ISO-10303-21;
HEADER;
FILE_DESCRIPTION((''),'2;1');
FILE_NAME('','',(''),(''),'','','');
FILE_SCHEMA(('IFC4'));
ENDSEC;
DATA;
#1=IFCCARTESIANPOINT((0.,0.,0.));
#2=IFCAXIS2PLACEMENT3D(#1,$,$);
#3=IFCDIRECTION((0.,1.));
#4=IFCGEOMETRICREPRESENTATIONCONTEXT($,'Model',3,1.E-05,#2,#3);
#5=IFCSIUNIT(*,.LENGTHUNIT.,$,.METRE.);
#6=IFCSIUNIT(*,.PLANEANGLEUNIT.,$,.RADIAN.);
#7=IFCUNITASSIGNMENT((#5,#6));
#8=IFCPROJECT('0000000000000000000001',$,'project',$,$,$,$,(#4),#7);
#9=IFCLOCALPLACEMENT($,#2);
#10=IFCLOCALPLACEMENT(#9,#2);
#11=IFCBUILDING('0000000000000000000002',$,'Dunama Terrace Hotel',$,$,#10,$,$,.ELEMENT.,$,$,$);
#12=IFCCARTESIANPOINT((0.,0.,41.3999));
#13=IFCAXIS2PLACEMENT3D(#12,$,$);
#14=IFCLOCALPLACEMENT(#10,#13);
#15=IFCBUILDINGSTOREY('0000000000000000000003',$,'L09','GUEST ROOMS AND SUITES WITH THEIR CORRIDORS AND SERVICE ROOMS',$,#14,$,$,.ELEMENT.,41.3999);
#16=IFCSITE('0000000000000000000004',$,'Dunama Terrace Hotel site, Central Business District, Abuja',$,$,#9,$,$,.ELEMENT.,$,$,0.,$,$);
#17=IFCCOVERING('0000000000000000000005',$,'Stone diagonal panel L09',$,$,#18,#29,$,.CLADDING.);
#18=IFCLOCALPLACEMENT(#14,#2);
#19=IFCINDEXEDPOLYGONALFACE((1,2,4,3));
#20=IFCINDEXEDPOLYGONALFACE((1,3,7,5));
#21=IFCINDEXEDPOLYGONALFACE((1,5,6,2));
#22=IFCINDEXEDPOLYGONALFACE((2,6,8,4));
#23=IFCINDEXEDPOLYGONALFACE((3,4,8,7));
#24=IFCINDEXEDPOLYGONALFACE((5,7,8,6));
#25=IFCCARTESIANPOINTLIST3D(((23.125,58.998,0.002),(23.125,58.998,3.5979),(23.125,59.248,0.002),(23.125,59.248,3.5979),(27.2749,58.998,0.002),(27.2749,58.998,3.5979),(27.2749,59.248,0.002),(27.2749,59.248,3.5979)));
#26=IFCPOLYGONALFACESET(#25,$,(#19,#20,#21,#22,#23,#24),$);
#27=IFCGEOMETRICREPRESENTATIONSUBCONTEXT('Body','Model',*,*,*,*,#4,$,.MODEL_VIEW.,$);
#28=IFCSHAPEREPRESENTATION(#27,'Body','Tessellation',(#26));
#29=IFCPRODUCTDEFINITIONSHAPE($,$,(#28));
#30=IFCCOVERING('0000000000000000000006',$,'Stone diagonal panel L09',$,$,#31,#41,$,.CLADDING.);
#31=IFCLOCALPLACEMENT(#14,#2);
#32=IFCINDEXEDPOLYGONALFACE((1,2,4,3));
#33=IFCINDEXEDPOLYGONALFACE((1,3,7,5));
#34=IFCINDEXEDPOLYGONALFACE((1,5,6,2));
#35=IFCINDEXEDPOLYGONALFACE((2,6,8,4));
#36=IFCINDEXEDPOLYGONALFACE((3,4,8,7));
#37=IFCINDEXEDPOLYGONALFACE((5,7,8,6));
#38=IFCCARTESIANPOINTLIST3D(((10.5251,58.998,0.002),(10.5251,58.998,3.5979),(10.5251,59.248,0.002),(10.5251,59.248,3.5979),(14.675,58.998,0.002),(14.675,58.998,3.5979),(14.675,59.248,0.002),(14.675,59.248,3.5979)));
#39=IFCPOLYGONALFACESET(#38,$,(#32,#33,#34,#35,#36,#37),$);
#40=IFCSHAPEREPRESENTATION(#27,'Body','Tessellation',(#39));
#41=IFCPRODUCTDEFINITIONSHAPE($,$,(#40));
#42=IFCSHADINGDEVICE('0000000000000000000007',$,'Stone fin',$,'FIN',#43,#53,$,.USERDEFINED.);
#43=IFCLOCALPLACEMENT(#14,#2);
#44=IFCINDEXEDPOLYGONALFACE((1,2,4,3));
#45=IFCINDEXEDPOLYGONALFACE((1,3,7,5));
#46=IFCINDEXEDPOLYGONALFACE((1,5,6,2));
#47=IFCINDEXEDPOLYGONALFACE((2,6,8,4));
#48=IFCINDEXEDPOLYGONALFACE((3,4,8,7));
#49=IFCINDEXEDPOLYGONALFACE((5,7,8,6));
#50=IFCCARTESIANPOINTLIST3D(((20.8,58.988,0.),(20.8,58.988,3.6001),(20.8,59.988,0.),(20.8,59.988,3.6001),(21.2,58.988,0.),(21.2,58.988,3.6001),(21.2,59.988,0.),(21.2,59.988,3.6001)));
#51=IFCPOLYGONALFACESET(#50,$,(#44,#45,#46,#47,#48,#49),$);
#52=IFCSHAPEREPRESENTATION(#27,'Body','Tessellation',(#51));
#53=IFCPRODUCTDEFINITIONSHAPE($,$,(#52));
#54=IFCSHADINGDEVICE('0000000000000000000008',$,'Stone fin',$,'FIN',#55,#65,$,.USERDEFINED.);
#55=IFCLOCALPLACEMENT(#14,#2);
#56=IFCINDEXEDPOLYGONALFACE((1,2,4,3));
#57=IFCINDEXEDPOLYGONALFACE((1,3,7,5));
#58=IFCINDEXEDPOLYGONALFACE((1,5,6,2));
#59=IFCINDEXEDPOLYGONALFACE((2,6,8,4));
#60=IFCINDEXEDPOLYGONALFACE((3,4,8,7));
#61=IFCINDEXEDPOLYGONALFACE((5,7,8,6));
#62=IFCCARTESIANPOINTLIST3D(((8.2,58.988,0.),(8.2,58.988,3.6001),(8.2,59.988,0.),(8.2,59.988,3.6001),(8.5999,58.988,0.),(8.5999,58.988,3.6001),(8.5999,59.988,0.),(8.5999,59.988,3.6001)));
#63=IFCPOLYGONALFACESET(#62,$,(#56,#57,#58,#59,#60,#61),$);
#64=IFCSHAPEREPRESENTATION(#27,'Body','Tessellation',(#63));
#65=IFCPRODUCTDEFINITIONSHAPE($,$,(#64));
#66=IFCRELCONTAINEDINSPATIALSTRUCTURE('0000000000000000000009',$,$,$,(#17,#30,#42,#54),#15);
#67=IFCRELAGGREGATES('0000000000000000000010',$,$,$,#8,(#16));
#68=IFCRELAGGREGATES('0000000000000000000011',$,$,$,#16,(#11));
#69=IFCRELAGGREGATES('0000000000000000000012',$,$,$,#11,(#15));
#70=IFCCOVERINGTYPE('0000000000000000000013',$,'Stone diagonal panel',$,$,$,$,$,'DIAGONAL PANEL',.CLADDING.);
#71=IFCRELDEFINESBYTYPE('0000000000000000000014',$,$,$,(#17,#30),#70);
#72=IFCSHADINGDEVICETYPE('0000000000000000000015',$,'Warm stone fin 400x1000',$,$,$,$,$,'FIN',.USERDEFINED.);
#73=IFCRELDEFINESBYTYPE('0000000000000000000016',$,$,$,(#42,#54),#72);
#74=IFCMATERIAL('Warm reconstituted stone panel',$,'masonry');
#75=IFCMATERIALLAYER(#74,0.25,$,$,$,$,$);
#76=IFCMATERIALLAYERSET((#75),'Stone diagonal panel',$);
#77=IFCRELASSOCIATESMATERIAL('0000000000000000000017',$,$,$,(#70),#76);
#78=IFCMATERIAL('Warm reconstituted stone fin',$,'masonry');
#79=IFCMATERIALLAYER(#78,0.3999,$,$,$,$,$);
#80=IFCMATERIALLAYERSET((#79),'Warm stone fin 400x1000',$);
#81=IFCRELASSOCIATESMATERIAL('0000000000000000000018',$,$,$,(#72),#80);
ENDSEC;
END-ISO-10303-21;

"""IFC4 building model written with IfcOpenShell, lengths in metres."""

from ifc_helpers import new_model, si_unit, direction, frame, origin, origin_2d, place, context, subcontext, project, spatial, rectangle, extrude, material, layer, layer_set, type_object, element, save


model = new_model("IFC4")

# Units and contexts
model_context = context("Model", 3, precision=1e-05, world=origin(), true_north=direction((0.0, 1.0)))
body_context = subcontext(model_context, "Body", "Model", "MODEL_VIEW")
ifc_project = project(units=[si_unit("LENGTHUNIT", "METRE"), si_unit("PLANEANGLEUNIT", "RADIAN")], contexts=[model_context])

# Site, building, storey
site_placement = place(None, origin())
site = spatial("IfcSite", under=ifc_project, at=site_placement, Name="Dunama Terrace Hotel site, Central Business District, Abuja", CompositionType="ELEMENT", RefElevation=0.0)
building_placement = place(site_placement, origin())
building = spatial("IfcBuilding", under=site, at=building_placement, Name="Dunama Terrace Hotel", CompositionType="ELEMENT")
storey_placement = place(building_placement, frame((0.0, 0.0, 41.3999)))
storey = spatial("IfcBuildingStorey", under=building, at=storey_placement, Name="L09", Description="GUEST ROOMS AND SUITES WITH THEIR CORRIDORS AND SERVICE ROOMS", CompositionType="ELEMENT", Elevation=41.3999)

# Coverings
ifc_material_1 = material(Name="Warm reconstituted stone panel", Category="masonry")
ifc_layer_1 = layer(ifc_material_1, 0.25)
ifc_layer_set_1 = layer_set([ifc_layer_1], Name="Stone diagonal panel")
covering_type = type_object("IfcCoveringType", Name="Stone diagonal panel", ElementType="DIAGONAL PANEL", PredefinedType="CLADDING", material=ifc_layer_set_1)
for number, where, z_axis, x_axis, name in (
    (1, (25.2, 59.123, 0.002), (0.0, 0.0, 1.0), (-1.0, 0.0, 0.0), "Stone diagonal panel L09"),
    (2, (12.6001, 59.123, 0.002), (0.0, 0.0, 1.0), (-1.0, 0.0, 0.0), "Stone diagonal panel L09"),
):
    element("IfcCovering", number, at=place(storey_placement, frame(where, z_axis=z_axis, x_axis=x_axis)), inside=storey, type_object=covering_type, Name=name, PredefinedType="CLADDING", context=body_context, shape_type="SweptSolid", body=[
        extrude(rectangle(XDim=4.1499, YDim=0.25, at=origin_2d()), origin(), (0.0, 0.0, 1.0), 3.5959),
    ])

# Shading devices
ifc_material_2 = material(Name="Warm reconstituted stone fin", Category="masonry")
ifc_layer_2 = layer(ifc_material_2, 0.3999)
ifc_layer_set_2 = layer_set([ifc_layer_2], Name="Warm stone fin 400x1000")
shading_device_type = type_object("IfcShadingDeviceType", Name="Warm stone fin 400x1000", ElementType="FIN", PredefinedType="USERDEFINED", material=ifc_layer_set_2)
for number, where, z_axis, x_axis, name in (
    (3, (21.0, 59.488, 0.0), (0.0, 0.0, 1.0), (-1.0, 0.0, 0.0), "Stone fin"),
    (4, (8.3999, 59.488, 0.0), (0.0, 0.0, 1.0), (-1.0, 0.0, 0.0), "Stone fin"),
):
    element("IfcShadingDevice", number, at=place(storey_placement, frame(where, z_axis=z_axis, x_axis=x_axis)), inside=storey, type_object=shading_device_type, Name=name, ObjectType="FIN", PredefinedType="USERDEFINED", context=body_context, shape_type="SweptSolid", body=[
        extrude(rectangle(XDim=0.3999, YDim=1.0, at=origin_2d()), origin(), (0.0, 0.0, 1.0), 3.6001),
    ])

save(model, "model.ifc")
